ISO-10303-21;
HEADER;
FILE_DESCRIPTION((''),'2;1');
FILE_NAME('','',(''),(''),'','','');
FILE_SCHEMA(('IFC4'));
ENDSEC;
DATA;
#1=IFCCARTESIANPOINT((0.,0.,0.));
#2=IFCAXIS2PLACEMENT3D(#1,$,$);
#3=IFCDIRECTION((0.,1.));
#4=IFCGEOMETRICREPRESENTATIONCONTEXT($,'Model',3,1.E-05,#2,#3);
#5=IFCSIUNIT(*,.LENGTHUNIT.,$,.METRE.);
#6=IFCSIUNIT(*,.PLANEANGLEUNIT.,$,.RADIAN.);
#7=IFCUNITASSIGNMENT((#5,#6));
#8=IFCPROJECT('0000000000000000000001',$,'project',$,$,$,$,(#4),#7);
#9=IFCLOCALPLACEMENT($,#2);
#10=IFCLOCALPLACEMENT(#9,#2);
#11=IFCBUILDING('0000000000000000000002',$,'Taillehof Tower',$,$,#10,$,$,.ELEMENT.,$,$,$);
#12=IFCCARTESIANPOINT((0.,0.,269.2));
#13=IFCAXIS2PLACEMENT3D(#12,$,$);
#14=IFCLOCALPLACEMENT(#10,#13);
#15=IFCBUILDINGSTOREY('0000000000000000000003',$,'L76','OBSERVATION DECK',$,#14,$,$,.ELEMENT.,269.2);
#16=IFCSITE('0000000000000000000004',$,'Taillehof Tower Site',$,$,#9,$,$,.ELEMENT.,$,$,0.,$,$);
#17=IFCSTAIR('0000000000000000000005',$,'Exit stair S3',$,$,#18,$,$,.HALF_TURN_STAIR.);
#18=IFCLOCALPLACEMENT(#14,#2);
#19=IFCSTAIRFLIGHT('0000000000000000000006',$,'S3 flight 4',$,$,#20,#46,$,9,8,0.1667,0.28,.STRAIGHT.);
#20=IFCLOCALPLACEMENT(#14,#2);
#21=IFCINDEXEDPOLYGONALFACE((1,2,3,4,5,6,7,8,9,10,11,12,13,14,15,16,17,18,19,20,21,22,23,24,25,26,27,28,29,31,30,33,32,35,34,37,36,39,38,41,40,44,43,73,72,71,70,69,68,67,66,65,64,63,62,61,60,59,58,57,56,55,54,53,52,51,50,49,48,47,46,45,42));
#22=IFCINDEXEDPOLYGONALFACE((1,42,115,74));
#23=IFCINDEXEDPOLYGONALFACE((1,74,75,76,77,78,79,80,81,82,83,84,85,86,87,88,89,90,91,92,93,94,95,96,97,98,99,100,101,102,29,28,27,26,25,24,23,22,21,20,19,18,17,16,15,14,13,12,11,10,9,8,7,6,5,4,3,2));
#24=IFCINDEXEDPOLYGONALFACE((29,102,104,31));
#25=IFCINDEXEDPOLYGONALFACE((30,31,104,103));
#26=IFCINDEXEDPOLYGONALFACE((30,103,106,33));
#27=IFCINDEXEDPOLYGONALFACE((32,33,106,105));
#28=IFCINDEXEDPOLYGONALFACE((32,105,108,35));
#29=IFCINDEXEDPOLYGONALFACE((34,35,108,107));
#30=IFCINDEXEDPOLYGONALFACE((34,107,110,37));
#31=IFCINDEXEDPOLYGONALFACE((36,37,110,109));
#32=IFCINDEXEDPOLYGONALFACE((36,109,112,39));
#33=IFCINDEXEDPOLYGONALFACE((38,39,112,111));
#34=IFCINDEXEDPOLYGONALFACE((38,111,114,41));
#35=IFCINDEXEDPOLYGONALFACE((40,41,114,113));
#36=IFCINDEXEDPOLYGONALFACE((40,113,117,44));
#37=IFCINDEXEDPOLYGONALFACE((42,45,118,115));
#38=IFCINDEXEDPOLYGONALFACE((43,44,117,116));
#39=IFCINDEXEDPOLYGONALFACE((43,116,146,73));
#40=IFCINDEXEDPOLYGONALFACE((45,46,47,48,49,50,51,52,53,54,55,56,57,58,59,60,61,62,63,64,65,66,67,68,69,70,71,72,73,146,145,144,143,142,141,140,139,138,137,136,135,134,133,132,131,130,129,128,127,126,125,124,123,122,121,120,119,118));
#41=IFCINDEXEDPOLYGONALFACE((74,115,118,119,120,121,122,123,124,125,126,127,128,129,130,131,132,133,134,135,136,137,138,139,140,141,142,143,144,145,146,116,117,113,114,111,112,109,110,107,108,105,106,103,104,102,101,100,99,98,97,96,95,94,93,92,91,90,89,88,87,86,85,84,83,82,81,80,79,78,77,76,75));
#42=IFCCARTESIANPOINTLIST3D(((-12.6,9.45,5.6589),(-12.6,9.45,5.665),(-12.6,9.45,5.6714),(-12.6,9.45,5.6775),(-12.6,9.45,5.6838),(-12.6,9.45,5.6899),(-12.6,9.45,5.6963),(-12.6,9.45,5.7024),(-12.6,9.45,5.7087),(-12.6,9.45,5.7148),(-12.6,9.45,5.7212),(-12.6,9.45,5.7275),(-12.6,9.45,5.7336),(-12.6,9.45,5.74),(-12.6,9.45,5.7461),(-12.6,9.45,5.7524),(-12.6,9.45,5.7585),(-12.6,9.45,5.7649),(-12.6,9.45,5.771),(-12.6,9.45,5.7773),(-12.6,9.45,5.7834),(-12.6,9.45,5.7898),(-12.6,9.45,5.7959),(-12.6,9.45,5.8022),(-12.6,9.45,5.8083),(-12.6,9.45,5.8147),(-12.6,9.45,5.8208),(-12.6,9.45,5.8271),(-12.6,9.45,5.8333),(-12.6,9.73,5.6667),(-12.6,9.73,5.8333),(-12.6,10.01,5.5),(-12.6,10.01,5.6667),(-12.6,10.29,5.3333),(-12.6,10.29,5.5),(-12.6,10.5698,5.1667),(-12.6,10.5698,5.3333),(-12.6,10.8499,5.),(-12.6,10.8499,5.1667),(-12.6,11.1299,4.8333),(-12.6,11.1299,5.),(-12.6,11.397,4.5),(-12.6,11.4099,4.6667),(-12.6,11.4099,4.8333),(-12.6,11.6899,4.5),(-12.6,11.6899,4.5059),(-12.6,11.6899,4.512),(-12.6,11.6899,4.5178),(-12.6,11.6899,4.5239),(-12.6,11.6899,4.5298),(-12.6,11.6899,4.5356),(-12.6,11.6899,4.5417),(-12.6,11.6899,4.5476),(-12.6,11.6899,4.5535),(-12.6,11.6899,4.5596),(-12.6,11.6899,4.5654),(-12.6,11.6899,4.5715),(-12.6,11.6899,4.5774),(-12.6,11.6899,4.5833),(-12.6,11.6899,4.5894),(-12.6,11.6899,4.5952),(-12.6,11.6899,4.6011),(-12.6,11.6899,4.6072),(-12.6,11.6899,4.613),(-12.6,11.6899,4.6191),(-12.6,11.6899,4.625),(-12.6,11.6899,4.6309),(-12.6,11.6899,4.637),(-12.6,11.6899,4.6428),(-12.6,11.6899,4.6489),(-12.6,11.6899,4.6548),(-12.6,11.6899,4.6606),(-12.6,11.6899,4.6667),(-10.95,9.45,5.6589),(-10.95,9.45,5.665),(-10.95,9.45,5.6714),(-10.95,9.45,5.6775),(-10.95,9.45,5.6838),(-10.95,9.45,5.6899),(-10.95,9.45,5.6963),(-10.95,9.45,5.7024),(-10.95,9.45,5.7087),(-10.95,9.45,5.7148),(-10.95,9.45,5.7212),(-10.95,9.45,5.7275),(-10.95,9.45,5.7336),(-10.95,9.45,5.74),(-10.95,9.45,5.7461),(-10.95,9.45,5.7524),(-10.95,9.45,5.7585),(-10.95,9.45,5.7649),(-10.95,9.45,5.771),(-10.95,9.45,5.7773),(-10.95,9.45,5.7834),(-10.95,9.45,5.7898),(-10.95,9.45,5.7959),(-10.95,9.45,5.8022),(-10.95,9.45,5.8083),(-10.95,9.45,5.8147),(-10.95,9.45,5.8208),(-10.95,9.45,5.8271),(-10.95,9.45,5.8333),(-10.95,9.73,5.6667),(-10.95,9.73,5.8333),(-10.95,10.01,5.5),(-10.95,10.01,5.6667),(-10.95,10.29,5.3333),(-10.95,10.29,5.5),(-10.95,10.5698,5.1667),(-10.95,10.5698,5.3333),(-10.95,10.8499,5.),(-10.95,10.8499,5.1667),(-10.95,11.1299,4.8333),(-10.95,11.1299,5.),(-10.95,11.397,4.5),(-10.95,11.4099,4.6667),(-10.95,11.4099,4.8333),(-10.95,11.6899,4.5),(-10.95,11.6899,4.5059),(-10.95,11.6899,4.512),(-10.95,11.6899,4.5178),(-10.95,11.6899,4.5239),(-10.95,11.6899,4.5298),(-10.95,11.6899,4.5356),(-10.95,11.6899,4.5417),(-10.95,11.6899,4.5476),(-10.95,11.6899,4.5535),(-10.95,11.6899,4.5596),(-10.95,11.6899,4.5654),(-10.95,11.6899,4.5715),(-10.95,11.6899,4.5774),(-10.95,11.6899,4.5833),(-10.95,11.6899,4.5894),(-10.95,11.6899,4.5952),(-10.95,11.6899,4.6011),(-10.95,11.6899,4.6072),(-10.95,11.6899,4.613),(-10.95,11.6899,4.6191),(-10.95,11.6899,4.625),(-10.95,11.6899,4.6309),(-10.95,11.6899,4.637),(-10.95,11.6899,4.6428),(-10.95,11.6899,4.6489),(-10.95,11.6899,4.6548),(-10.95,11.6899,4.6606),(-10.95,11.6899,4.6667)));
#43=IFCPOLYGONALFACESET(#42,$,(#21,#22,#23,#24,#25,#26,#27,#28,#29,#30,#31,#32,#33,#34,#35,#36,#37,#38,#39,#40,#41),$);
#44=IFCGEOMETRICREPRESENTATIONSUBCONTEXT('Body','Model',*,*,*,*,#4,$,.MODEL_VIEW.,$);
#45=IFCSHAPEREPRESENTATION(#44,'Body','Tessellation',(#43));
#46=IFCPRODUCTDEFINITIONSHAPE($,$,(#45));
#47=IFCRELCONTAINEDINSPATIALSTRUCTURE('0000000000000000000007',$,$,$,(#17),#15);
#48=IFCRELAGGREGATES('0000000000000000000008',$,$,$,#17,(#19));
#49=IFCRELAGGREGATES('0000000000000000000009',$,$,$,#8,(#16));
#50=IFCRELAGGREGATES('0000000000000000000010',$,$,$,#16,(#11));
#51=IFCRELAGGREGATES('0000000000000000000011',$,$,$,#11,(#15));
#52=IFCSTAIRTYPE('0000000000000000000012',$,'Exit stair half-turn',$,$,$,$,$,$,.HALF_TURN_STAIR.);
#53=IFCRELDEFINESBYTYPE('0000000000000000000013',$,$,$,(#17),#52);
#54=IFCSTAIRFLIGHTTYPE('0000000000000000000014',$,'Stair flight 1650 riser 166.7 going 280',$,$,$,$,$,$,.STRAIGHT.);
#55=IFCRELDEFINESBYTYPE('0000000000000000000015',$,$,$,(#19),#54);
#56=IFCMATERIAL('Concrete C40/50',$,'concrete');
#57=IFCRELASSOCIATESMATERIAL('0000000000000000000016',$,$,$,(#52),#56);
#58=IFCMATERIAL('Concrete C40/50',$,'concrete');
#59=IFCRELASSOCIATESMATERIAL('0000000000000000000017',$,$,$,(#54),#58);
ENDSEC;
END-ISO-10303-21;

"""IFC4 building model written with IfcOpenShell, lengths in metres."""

from ifc_helpers import new_model, si_unit, direction, frame, origin, place, context, subcontext, project, spatial, polyline, outline, extrude, material, type_object, element, aggregate, save


model = new_model("IFC4")

# Units and contexts
model_context = context("Model", 3, precision=1e-05, world=origin(), true_north=direction((0.0, 1.0)))
body_context = subcontext(model_context, "Body", "Model", "MODEL_VIEW")
ifc_project = project(units=[si_unit("LENGTHUNIT", "METRE"), si_unit("PLANEANGLEUNIT", "RADIAN")], contexts=[model_context])

# Site, building, storey
site_placement = place(None, origin())
site = spatial("IfcSite", under=ifc_project, at=site_placement, Name="Taillehof Tower Site", CompositionType="ELEMENT", RefElevation=0.0)
building_placement = place(site_placement, origin())
building = spatial("IfcBuilding", under=site, at=building_placement, Name="Taillehof Tower", CompositionType="ELEMENT")
storey_placement = place(building_placement, frame((0.0, 0.0, 269.2)))
storey = spatial("IfcBuildingStorey", under=building, at=storey_placement, Name="L76", Description="OBSERVATION DECK", CompositionType="ELEMENT", Elevation=269.2)

# Stair, stair flight
ifc_material_1 = material(Name="Concrete C40/50", Category="concrete")
stair_type = type_object("IfcStairType", Name="Exit stair half-turn", PredefinedType="HALF_TURN_STAIR", material=ifc_material_1)
stair_placement = place(storey_placement, origin())
stair = element("IfcStair", 1, at=stair_placement, inside=storey, type_object=stair_type, Name="Exit stair S3", PredefinedType="HALF_TURN_STAIR")
ifc_material_2 = material(Name="Concrete C40/50", Category="concrete")
stair_flight_type = type_object("IfcStairFlightType", Name="Stair flight 1650 riser 166.7 going 280", PredefinedType="STRAIGHT", material=ifc_material_2)
stair_flight_1_placement = place(storey_placement, frame((-11.7749, 11.6899, 4.5), z_axis=(0.0, 0.0, 1.0), x_axis=(0.0, -1.0, 0.0)))
stair_flight_1 = element("IfcStairFlight", 2, at=stair_flight_1_placement, type_object=stair_flight_type, Name="S3 flight 4", NumberOfRisers=9, NumberOfTreads=8, PredefinedType="STRAIGHT", RiserHeight=0.1667, TreadLength=0.28, context=body_context, shape_type="SweptSolid", body=[
    extrude(outline(polyline([(0.0, 0.0), (0.0, 0.0059), (0.0, 0.012), (0.0, 0.0178), (0.0, 0.0239), (0.0, 0.0298), (0.0, 0.0356), (0.0, 0.0417), (0.0, 0.0476), (0.0, 0.0535), (0.0, 0.0596), (0.0, 0.0654), (0.0, 0.0715), (0.0, 0.0774), (0.0, 0.0833), (0.0, 0.0894), (0.0, 0.0952), (0.0, 0.1011), (0.0, 0.1072), (0.0, 0.113), (0.0, 0.1191), (0.0, 0.125), (0.0, 0.1309), (0.0, 0.137), (0.0, 0.1428), (0.0, 0.1489), (0.0, 0.1548), (0.0, 0.1606), (0.0, 0.1667), (0.28, 0.1667), (0.28, 0.3333), (0.5601, 0.3333), (0.5601, 0.5), (0.8401, 0.5), (0.8401, 0.6667), (1.1201, 0.6667), (1.1201, 0.8333), (1.3999, 0.8333), (1.3999, 1.0), (1.6799, 1.0), (1.6799, 1.1667), (1.96, 1.1667), (1.96, 1.3333), (2.24, 1.3333), (2.24, 1.3271), (2.24, 1.3208), (2.24, 1.3147), (2.24, 1.3083), (2.24, 1.3022), (2.24, 1.2959), (2.24, 1.2898), (2.24, 1.2834), (2.24, 1.2773), (2.24, 1.271), (2.24, 1.2649), (2.24, 1.2585), (2.24, 1.2524), (2.24, 1.2461), (2.24, 1.24), (2.24, 1.2336), (2.24, 1.2275), (2.24, 1.2212), (2.24, 1.2148), (2.24, 1.2087), (2.24, 1.2024), (2.24, 1.1963), (2.24, 1.1899), (2.24, 1.1838), (2.24, 1.1775), (2.24, 1.1714), (2.24, 1.165), (2.24, 1.1589), (0.293, 0.0), (0.0, 0.0)])), frame((0.0, 0.825, 0.0), z_axis=(0.0, -1.0, 0.0), x_axis=(1.0, 0.0, 0.0)), (0.0, 0.0, 1.0), 1.65),
])
aggregate(stair, [stair_flight_1])

save(model, "model.ifc")
